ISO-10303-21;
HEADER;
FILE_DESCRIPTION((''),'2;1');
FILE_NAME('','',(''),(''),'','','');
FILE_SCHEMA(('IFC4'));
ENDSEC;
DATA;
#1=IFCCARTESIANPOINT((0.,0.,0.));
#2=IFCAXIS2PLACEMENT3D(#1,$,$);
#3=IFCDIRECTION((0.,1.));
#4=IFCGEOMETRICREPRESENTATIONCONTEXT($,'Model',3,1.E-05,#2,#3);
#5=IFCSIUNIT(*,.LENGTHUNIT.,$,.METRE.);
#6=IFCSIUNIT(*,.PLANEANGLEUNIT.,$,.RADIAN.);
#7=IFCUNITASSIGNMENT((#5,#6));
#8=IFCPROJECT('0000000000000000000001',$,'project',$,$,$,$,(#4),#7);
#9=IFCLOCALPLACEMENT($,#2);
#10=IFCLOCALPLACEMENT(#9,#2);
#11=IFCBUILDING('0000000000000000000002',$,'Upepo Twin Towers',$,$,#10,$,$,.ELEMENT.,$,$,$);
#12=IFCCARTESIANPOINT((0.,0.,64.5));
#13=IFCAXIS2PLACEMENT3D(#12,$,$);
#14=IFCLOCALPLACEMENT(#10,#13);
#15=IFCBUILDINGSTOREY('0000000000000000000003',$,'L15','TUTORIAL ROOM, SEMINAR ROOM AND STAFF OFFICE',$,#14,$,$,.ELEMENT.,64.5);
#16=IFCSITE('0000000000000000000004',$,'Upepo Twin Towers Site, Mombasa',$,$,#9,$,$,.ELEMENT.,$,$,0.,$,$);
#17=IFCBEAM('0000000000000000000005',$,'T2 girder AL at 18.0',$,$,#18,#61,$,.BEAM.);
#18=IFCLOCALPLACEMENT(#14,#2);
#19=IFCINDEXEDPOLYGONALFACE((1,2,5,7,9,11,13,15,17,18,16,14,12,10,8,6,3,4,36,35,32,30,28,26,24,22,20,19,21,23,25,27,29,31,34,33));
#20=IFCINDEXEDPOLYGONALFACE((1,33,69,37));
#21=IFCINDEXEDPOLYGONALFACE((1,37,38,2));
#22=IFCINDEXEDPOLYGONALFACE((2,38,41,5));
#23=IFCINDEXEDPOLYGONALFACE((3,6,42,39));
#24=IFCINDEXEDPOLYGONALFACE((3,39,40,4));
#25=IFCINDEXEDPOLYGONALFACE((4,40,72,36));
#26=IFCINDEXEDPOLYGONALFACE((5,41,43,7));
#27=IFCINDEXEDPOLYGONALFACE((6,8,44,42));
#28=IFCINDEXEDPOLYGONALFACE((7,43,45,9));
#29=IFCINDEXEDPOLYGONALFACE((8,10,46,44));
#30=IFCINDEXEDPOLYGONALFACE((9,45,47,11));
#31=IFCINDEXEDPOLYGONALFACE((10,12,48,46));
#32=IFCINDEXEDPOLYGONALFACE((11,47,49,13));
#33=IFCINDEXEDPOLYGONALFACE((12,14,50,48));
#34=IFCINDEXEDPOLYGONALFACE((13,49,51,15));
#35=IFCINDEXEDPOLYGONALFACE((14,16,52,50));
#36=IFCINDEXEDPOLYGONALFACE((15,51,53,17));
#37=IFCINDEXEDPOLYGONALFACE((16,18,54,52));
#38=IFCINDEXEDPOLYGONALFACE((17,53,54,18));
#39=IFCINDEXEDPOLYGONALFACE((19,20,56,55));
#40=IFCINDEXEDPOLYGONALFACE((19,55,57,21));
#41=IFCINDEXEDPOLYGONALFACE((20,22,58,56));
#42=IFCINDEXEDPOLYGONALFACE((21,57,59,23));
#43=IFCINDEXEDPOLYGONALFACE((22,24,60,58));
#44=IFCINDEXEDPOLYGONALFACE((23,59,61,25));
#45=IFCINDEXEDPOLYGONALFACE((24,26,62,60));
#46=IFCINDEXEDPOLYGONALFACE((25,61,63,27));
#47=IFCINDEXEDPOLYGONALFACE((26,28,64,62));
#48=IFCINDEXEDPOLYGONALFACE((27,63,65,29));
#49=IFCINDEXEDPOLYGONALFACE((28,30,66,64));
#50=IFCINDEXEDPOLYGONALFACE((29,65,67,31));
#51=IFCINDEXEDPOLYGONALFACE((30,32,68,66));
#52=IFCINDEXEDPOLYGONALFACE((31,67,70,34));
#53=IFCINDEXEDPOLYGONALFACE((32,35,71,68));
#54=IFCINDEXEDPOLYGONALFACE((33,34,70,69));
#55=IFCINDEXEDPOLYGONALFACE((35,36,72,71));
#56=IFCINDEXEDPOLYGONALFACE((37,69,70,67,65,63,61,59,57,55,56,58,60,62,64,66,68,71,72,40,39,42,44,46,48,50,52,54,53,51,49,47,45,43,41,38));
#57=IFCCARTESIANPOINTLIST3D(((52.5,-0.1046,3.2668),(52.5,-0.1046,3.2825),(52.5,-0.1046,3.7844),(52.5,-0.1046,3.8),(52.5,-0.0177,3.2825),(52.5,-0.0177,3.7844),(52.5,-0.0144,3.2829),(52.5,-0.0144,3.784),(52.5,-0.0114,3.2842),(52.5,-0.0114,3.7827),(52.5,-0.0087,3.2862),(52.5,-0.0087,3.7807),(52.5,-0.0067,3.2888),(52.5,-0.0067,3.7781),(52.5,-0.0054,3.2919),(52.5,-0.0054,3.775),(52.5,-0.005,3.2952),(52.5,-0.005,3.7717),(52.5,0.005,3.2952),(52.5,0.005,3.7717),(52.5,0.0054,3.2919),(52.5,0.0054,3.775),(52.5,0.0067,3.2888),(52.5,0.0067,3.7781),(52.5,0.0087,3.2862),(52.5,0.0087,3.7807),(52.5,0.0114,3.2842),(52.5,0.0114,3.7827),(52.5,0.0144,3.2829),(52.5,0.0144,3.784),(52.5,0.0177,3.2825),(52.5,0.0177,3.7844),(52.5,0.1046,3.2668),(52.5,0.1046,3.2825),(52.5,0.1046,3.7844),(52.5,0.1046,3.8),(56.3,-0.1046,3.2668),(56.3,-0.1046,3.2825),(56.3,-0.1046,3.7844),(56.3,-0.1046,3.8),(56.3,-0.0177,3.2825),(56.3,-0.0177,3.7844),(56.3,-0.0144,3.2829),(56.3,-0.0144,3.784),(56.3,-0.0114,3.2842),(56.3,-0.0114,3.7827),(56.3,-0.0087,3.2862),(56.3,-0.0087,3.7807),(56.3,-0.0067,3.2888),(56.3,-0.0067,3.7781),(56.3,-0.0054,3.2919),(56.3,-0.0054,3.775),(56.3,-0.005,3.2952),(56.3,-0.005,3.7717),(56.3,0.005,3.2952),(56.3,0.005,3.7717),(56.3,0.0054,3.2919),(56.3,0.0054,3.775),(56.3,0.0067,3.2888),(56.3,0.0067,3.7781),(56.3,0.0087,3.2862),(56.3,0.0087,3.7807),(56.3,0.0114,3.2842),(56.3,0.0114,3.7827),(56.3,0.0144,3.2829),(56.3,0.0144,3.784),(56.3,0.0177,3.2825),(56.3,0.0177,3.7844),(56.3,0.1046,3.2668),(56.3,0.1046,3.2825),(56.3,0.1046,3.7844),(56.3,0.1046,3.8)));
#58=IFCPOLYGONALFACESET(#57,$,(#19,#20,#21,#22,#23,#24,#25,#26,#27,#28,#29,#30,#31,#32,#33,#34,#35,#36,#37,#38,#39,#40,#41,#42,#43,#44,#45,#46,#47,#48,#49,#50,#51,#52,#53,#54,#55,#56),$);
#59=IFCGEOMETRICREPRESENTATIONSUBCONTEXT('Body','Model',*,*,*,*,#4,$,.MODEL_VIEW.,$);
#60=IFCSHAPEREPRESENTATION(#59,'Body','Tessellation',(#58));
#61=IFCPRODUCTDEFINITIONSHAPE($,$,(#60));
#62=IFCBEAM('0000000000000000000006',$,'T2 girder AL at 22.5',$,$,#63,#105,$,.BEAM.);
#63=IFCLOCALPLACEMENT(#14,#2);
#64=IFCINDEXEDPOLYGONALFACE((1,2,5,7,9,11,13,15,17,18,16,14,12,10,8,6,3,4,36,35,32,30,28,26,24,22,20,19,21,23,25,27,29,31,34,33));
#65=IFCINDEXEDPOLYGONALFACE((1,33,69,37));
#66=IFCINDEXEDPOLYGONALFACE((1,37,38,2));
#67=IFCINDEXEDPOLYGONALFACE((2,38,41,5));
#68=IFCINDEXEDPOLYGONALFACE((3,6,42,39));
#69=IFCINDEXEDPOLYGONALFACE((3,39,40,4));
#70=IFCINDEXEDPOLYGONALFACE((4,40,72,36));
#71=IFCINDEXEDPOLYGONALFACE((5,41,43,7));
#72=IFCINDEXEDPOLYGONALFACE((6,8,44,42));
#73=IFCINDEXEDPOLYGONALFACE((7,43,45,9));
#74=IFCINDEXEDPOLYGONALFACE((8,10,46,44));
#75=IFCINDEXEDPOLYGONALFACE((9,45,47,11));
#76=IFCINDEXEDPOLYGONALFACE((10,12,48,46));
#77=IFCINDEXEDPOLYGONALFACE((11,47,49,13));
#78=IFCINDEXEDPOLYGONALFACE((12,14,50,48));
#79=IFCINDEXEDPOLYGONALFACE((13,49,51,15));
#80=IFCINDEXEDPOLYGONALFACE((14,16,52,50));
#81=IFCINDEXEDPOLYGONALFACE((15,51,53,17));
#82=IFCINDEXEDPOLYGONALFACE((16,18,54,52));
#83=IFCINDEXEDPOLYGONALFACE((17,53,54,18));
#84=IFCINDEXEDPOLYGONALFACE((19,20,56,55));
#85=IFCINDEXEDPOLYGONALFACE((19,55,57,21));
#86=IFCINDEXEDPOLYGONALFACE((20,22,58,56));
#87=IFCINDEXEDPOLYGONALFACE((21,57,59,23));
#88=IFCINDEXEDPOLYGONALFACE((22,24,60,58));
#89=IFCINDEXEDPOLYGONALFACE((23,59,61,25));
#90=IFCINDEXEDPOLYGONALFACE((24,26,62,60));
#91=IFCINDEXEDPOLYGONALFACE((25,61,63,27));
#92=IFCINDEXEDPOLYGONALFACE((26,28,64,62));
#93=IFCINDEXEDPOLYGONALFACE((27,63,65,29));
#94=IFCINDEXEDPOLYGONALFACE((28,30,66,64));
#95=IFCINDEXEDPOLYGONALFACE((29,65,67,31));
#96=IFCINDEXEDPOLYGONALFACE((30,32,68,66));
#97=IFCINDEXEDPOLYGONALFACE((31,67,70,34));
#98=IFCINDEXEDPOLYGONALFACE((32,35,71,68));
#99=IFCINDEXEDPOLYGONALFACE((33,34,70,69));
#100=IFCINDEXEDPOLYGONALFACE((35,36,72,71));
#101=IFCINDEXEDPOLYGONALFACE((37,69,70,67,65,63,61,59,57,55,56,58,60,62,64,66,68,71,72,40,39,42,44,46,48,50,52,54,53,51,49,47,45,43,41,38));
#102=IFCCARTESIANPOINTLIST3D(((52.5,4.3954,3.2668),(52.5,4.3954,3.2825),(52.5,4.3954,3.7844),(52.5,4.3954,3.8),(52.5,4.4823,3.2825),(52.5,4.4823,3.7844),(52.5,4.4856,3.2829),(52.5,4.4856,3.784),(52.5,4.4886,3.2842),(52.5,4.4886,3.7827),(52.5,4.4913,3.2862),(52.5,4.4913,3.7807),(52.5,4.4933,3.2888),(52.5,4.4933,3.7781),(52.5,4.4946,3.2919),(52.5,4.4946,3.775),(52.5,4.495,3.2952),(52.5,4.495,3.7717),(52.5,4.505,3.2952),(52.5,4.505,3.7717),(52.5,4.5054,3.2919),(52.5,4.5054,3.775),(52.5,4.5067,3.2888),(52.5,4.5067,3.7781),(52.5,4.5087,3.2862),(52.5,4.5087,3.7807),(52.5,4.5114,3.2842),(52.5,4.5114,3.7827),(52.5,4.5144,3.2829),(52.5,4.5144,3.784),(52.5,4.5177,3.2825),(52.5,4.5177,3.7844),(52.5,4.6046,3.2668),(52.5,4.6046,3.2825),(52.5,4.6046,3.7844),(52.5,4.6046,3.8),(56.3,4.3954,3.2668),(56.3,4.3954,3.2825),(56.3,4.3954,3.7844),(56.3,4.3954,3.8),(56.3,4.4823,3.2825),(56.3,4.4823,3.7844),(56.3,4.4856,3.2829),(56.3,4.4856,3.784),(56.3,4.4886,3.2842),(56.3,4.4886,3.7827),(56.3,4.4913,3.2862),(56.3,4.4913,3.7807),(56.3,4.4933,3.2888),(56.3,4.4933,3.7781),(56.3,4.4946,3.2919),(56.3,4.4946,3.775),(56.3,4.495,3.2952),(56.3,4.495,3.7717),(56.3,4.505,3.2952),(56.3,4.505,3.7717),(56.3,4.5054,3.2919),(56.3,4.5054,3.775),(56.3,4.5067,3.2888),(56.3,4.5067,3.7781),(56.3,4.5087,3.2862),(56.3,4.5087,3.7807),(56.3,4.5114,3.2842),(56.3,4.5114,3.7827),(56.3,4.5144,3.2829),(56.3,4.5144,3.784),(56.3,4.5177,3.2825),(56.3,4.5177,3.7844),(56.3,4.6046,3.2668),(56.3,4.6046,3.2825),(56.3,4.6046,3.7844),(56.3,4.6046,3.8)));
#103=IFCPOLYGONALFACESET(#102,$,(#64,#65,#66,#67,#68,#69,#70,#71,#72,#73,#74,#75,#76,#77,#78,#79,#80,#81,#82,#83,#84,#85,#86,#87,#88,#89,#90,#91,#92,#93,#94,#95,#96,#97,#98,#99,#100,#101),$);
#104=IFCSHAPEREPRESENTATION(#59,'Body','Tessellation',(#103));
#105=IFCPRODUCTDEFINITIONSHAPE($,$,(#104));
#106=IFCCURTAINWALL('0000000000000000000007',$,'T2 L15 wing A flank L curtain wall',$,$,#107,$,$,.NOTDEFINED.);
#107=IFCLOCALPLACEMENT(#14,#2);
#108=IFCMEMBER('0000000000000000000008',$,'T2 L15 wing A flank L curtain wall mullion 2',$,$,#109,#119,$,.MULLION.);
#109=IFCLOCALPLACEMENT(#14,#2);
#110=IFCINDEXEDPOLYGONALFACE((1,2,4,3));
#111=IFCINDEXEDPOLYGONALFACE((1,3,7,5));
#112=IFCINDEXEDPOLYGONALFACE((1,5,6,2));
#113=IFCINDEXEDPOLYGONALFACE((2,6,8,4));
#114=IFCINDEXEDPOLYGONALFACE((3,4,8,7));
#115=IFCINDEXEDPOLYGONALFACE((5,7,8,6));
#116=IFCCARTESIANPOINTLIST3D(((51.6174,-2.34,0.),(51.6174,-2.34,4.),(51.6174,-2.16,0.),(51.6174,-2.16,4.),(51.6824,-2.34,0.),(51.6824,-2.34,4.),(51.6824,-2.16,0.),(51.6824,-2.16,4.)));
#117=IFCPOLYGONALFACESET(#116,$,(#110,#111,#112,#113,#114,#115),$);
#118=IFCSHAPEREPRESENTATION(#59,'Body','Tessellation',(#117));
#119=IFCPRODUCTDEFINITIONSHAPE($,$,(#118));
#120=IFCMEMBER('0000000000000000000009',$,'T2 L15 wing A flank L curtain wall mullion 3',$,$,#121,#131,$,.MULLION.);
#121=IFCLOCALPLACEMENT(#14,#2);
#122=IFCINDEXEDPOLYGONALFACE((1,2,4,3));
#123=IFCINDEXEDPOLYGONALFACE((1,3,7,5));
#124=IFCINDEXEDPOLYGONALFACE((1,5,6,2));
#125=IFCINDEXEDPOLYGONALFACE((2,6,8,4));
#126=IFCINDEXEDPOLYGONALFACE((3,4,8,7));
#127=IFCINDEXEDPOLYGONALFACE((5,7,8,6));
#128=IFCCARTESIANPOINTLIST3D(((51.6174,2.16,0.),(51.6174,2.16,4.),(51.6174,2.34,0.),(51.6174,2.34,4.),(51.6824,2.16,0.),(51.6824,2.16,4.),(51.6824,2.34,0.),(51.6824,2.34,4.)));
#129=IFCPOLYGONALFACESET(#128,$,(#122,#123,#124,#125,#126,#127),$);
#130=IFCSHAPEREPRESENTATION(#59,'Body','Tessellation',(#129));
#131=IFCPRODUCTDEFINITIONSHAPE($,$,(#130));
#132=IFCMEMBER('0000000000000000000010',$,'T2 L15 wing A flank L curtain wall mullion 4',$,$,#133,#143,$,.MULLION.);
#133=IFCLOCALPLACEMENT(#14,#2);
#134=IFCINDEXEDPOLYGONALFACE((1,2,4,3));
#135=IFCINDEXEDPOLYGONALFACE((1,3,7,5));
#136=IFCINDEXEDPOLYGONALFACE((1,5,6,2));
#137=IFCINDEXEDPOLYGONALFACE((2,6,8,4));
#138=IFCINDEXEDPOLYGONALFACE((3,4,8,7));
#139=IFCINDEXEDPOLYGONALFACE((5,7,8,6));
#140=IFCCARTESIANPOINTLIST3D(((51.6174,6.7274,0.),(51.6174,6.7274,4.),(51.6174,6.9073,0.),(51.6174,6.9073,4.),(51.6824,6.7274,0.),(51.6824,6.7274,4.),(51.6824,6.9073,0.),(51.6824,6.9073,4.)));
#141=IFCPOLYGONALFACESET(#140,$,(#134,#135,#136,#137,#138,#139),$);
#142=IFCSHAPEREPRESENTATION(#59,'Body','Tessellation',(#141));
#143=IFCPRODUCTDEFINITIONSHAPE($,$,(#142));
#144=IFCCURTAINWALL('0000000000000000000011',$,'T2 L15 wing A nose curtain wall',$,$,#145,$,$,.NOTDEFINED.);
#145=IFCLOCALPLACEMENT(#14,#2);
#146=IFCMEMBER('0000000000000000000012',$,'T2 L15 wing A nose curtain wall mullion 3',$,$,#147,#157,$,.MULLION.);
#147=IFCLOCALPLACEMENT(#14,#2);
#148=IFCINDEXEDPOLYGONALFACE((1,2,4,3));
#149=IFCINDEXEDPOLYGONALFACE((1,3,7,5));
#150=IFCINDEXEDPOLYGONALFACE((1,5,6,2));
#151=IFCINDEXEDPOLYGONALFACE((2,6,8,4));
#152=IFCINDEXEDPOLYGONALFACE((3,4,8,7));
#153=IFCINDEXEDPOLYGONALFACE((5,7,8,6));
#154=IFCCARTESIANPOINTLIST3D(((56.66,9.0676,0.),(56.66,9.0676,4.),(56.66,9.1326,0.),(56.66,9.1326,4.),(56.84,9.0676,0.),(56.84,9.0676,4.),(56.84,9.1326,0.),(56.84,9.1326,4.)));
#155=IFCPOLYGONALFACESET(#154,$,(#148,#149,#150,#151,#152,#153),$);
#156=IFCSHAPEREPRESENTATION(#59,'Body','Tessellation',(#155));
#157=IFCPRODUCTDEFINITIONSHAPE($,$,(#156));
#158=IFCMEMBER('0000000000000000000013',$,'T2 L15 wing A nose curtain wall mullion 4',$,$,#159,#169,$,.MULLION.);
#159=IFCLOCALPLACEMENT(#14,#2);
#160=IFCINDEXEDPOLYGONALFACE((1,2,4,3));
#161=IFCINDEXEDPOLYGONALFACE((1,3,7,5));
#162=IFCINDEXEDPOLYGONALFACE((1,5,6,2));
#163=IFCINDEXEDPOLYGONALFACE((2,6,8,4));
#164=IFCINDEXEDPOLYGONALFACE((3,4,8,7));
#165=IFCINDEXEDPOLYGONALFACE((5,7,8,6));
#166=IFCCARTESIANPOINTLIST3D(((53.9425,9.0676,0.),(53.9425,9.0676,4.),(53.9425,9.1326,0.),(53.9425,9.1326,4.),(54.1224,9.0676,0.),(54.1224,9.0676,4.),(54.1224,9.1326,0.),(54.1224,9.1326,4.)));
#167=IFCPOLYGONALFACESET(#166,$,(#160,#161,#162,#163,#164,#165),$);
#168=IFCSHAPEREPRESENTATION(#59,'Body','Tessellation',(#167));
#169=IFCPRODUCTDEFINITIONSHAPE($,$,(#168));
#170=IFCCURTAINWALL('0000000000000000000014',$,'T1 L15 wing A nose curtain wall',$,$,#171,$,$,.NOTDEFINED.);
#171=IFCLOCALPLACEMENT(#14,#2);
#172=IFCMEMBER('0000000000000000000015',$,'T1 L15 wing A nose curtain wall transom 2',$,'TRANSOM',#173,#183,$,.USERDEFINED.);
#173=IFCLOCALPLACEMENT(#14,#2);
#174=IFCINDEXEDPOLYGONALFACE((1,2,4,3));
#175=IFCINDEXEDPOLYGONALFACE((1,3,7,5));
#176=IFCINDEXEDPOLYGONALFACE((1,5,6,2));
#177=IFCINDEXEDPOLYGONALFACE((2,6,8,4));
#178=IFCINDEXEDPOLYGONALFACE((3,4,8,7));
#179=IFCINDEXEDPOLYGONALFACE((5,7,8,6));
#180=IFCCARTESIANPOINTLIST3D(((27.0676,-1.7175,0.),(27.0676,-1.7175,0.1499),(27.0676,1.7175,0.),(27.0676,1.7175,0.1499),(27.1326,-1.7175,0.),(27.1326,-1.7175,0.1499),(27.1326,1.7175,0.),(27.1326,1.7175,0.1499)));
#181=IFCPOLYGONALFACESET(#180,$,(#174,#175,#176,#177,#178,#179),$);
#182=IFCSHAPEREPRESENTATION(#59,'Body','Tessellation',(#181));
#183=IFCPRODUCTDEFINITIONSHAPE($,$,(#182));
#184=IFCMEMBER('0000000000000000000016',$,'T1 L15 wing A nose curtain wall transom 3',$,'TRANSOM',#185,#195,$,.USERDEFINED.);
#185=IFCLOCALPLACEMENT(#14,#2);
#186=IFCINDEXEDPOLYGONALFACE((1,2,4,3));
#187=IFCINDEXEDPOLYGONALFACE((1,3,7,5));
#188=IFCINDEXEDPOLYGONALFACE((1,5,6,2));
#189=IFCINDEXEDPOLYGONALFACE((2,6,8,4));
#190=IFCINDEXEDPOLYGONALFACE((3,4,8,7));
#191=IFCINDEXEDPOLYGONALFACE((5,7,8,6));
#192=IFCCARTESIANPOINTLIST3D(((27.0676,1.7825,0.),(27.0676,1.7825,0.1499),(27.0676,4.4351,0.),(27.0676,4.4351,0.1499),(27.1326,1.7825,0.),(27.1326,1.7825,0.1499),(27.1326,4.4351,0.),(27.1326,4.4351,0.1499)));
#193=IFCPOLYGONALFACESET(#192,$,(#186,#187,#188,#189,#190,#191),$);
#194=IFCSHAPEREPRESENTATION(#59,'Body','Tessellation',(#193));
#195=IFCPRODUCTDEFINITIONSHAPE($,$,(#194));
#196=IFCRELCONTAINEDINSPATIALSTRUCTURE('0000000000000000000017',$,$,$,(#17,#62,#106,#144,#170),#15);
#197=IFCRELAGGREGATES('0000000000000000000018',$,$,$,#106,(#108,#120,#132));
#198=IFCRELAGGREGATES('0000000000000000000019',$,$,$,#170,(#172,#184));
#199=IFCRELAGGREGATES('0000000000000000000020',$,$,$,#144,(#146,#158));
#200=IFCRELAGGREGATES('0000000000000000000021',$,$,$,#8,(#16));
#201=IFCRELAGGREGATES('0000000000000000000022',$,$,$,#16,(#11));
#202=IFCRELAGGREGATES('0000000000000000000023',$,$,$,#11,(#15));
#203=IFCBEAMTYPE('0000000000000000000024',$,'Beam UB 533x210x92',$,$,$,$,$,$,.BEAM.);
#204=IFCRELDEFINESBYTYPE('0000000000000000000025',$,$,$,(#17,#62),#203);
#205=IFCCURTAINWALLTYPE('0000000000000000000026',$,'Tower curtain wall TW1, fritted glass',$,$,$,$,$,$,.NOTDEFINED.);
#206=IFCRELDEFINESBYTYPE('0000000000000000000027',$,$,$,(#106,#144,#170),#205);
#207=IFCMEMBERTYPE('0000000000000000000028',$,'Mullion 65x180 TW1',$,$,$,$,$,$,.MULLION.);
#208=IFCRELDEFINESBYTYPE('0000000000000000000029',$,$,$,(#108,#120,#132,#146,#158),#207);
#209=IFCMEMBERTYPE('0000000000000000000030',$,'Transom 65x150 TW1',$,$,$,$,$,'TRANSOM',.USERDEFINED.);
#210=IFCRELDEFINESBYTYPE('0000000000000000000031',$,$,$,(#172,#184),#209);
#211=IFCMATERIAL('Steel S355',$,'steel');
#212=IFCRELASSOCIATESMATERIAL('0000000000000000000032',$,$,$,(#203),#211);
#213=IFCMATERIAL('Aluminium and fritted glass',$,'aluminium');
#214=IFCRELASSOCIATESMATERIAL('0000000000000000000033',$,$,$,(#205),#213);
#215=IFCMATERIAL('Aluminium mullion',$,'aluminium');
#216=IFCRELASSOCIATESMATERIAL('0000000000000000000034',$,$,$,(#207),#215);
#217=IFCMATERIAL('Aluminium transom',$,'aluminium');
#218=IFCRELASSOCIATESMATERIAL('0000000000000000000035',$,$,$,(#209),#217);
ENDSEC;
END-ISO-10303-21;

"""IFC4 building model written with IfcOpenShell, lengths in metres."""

from ifc_helpers import new_model, si_unit, direction, frame, origin, origin_2d, place, context, subcontext, project, spatial, rectangle, i_section, extrude, material, material_profile, profile_set, type_object, element, aggregate, save


model = new_model("IFC4")

# Units and contexts
model_context = context("Model", 3, precision=1e-05, world=origin(), true_north=direction((0.0, 1.0)))
body_context = subcontext(model_context, "Body", "Model", "MODEL_VIEW")
ifc_project = project(units=[si_unit("LENGTHUNIT", "METRE"), si_unit("PLANEANGLEUNIT", "RADIAN")], contexts=[model_context])

# Site, building, storey
site_placement = place(None, origin())
site = spatial("IfcSite", under=ifc_project, at=site_placement, Name="Upepo Twin Towers Site, Mombasa", CompositionType="ELEMENT", RefElevation=0.0)
building_placement = place(site_placement, origin())
building = spatial("IfcBuilding", under=site, at=building_placement, Name="Upepo Twin Towers", CompositionType="ELEMENT")
storey_placement = place(building_placement, frame((0.0, 0.0, 64.5)))
storey = spatial("IfcBuildingStorey", under=building, at=storey_placement, Name="L15", Description="TUTORIAL ROOM, SEMINAR ROOM AND STAFF OFFICE", CompositionType="ELEMENT", Elevation=64.5)

# Beams
ifc_material_1 = material(Name="Steel S355", Category="steel")
ifc_material_profile_1 = material_profile(ifc_material_1, i_section(OverallWidth=0.2092, OverallDepth=0.5332, WebThickness=0.01, FlangeThickness=0.0156, FilletRadius=0.0127, at=origin_2d()), Name="UB 533x210x92")
ifc_profile_set_1 = profile_set([ifc_material_profile_1], Name="Steel S355")
beam_type_1 = type_object("IfcBeamType", Name="Beam UB 533x210x92", PredefinedType="BEAM", material=ifc_profile_set_1)
for number, where, z_axis, x_axis, name in (
    (1, (52.5, 0.0, 3.5334), (1.0, 0.0, 0.0), (0.0, 1.0, 0.0), "T2 girder AL at 18.0"),
    (2, (52.5, 4.5, 3.5334), (1.0, 0.0, 0.0), (0.0, 1.0, 0.0), "T2 girder AL at 22.5"),
):
    element("IfcBeam", number, at=place(storey_placement, frame(where, z_axis=z_axis, x_axis=x_axis)), inside=storey, type_object=beam_type_1, Name=name, PredefinedType="BEAM", context=body_context, shape_type="SweptSolid", body=[
        extrude(i_section(OverallWidth=0.2092, OverallDepth=0.5332, WebThickness=0.01, FlangeThickness=0.0156, FilletRadius=0.0127, at=origin_2d()), origin(), (0.0, 0.0, 1.0), 3.8),
    ])

# Curtain walls, members
ifc_material_2 = material(Name="Aluminium and fritted glass", Category="aluminium")
curtain_wall_type = type_object("IfcCurtainWallType", Name="Tower curtain wall TW1, fritted glass", PredefinedType="NOTDEFINED", material=ifc_material_2)
curtain_wall_1_placement = place(storey_placement, origin())
curtain_wall_1 = element("IfcCurtainWall", 3, at=curtain_wall_1_placement, inside=storey, type_object=curtain_wall_type, Name="T2 L15 wing A flank L curtain wall", PredefinedType="NOTDEFINED")
ifc_material_3 = material(Name="Aluminium mullion", Category="aluminium")
ifc_material_profile_2 = material_profile(ifc_material_3, rectangle(XDim=0.0649, YDim=0.1799, at=origin_2d()), Name="MULLION 65x180")
ifc_profile_set_2 = profile_set([ifc_material_profile_2], Name="Aluminium mullion")
member_type_1 = type_object("IfcMemberType", Name="Mullion 65x180 TW1", PredefinedType="MULLION", material=ifc_profile_set_2)
member_1_placement = place(storey_placement, frame((51.6499, -2.25, 0.0), z_axis=(0.0, 0.0, 1.0), x_axis=(-1.0, 0.0, 0.0)))
member_1 = element("IfcMember", 4, at=member_1_placement, type_object=member_type_1, Name="T2 L15 wing A flank L curtain wall mullion 2", PredefinedType="MULLION", context=body_context, shape_type="SweptSolid", body=[
    extrude(rectangle(XDim=0.0649, YDim=0.1799, at=origin_2d()), origin(), (0.0, 0.0, 1.0), 4.0),
])
member_2_placement = place(storey_placement, frame((51.6499, 2.25, 0.0), z_axis=(0.0, 0.0, 1.0), x_axis=(-1.0, 0.0, 0.0)))
member_2 = element("IfcMember", 5, at=member_2_placement, type_object=member_type_1, Name="T2 L15 wing A flank L curtain wall mullion 3", PredefinedType="MULLION", context=body_context, shape_type="SweptSolid", body=[
    extrude(rectangle(XDim=0.0649, YDim=0.1799, at=origin_2d()), origin(), (0.0, 0.0, 1.0), 4.0),
])
member_3_placement = place(storey_placement, frame((51.6499, 6.8174, 0.0), z_axis=(0.0, 0.0, 1.0), x_axis=(-1.0, 0.0, 0.0)))
member_3 = element("IfcMember", 6, at=member_3_placement, type_object=member_type_1, Name="T2 L15 wing A flank L curtain wall mullion 4", PredefinedType="MULLION", context=body_context, shape_type="SweptSolid", body=[
    extrude(rectangle(XDim=0.0649, YDim=0.1799, at=origin_2d()), origin(), (0.0, 0.0, 1.0), 4.0),
])
curtain_wall_2_placement = place(storey_placement, origin())
curtain_wall_2 = element("IfcCurtainWall", 7, at=curtain_wall_2_placement, inside=storey, type_object=curtain_wall_type, Name="T2 L15 wing A nose curtain wall", PredefinedType="NOTDEFINED")
member_4_placement = place(storey_placement, frame((56.75, 9.1001, 0.0), z_axis=(0.0, 0.0, 1.0), x_axis=(0.0, -1.0, 0.0)))
member_4 = element("IfcMember", 8, at=member_4_placement, type_object=member_type_1, Name="T2 L15 wing A nose curtain wall mullion 3", PredefinedType="MULLION", context=body_context, shape_type="SweptSolid", body=[
    extrude(rectangle(XDim=0.0649, YDim=0.1799, at=origin_2d()), origin(), (0.0, 0.0, 1.0), 4.0),
])
member_5_placement = place(storey_placement, frame((54.0325, 9.1001, 0.0), z_axis=(0.0, 0.0, 1.0), x_axis=(0.0, -1.0, 0.0)))
member_5 = element("IfcMember", 9, at=member_5_placement, type_object=member_type_1, Name="T2 L15 wing A nose curtain wall mullion 4", PredefinedType="MULLION", context=body_context, shape_type="SweptSolid", body=[
    extrude(rectangle(XDim=0.0649, YDim=0.1799, at=origin_2d()), origin(), (0.0, 0.0, 1.0), 4.0),
])
curtain_wall_3_placement = place(storey_placement, origin())
curtain_wall_3 = element("IfcCurtainWall", 10, at=curtain_wall_3_placement, inside=storey, type_object=curtain_wall_type, Name="T1 L15 wing A nose curtain wall", PredefinedType="NOTDEFINED")
ifc_material_4 = material(Name="Aluminium transom", Category="aluminium")
ifc_material_profile_3 = material_profile(ifc_material_4, rectangle(XDim=0.0649, YDim=0.1499, at=origin_2d()), Name="TRANSOM 65x150")
ifc_profile_set_3 = profile_set([ifc_material_profile_3], Name="Aluminium transom")
member_type_2 = type_object("IfcMemberType", Name="Transom 65x150 TW1", ElementType="TRANSOM", PredefinedType="USERDEFINED", material=ifc_profile_set_3)
member_6_placement = place(storey_placement, frame((27.1001, -1.7175, 0.075), z_axis=(0.0, 1.0, 0.0), x_axis=(-1.0, 0.0, 0.0)))
member_6 = element("IfcMember", 11, at=member_6_placement, type_object=member_type_2, Name="T1 L15 wing A nose curtain wall transom 2", ObjectType="TRANSOM", PredefinedType="USERDEFINED", context=body_context, shape_type="SweptSolid", body=[
    extrude(rectangle(XDim=0.0649, YDim=0.1499, at=origin_2d()), origin(), (0.0, 0.0, 1.0), 3.4351),
])
member_7_placement = place(storey_placement, frame((27.1001, 1.7825, 0.075), z_axis=(0.0, 1.0, 0.0), x_axis=(-1.0, 0.0, 0.0)))
member_7 = element("IfcMember", 12, at=member_7_placement, type_object=member_type_2, Name="T1 L15 wing A nose curtain wall transom 3", ObjectType="TRANSOM", PredefinedType="USERDEFINED", context=body_context, shape_type="SweptSolid", body=[
    extrude(rectangle(XDim=0.0649, YDim=0.1499, at=origin_2d()), origin(), (0.0, 0.0, 1.0), 2.6526),
])

aggregate(curtain_wall_1, [member_1, member_2, member_3])
aggregate(curtain_wall_3, [member_6, member_7])
aggregate(curtain_wall_2, [member_4, member_5])

save(model, "model.ifc")
